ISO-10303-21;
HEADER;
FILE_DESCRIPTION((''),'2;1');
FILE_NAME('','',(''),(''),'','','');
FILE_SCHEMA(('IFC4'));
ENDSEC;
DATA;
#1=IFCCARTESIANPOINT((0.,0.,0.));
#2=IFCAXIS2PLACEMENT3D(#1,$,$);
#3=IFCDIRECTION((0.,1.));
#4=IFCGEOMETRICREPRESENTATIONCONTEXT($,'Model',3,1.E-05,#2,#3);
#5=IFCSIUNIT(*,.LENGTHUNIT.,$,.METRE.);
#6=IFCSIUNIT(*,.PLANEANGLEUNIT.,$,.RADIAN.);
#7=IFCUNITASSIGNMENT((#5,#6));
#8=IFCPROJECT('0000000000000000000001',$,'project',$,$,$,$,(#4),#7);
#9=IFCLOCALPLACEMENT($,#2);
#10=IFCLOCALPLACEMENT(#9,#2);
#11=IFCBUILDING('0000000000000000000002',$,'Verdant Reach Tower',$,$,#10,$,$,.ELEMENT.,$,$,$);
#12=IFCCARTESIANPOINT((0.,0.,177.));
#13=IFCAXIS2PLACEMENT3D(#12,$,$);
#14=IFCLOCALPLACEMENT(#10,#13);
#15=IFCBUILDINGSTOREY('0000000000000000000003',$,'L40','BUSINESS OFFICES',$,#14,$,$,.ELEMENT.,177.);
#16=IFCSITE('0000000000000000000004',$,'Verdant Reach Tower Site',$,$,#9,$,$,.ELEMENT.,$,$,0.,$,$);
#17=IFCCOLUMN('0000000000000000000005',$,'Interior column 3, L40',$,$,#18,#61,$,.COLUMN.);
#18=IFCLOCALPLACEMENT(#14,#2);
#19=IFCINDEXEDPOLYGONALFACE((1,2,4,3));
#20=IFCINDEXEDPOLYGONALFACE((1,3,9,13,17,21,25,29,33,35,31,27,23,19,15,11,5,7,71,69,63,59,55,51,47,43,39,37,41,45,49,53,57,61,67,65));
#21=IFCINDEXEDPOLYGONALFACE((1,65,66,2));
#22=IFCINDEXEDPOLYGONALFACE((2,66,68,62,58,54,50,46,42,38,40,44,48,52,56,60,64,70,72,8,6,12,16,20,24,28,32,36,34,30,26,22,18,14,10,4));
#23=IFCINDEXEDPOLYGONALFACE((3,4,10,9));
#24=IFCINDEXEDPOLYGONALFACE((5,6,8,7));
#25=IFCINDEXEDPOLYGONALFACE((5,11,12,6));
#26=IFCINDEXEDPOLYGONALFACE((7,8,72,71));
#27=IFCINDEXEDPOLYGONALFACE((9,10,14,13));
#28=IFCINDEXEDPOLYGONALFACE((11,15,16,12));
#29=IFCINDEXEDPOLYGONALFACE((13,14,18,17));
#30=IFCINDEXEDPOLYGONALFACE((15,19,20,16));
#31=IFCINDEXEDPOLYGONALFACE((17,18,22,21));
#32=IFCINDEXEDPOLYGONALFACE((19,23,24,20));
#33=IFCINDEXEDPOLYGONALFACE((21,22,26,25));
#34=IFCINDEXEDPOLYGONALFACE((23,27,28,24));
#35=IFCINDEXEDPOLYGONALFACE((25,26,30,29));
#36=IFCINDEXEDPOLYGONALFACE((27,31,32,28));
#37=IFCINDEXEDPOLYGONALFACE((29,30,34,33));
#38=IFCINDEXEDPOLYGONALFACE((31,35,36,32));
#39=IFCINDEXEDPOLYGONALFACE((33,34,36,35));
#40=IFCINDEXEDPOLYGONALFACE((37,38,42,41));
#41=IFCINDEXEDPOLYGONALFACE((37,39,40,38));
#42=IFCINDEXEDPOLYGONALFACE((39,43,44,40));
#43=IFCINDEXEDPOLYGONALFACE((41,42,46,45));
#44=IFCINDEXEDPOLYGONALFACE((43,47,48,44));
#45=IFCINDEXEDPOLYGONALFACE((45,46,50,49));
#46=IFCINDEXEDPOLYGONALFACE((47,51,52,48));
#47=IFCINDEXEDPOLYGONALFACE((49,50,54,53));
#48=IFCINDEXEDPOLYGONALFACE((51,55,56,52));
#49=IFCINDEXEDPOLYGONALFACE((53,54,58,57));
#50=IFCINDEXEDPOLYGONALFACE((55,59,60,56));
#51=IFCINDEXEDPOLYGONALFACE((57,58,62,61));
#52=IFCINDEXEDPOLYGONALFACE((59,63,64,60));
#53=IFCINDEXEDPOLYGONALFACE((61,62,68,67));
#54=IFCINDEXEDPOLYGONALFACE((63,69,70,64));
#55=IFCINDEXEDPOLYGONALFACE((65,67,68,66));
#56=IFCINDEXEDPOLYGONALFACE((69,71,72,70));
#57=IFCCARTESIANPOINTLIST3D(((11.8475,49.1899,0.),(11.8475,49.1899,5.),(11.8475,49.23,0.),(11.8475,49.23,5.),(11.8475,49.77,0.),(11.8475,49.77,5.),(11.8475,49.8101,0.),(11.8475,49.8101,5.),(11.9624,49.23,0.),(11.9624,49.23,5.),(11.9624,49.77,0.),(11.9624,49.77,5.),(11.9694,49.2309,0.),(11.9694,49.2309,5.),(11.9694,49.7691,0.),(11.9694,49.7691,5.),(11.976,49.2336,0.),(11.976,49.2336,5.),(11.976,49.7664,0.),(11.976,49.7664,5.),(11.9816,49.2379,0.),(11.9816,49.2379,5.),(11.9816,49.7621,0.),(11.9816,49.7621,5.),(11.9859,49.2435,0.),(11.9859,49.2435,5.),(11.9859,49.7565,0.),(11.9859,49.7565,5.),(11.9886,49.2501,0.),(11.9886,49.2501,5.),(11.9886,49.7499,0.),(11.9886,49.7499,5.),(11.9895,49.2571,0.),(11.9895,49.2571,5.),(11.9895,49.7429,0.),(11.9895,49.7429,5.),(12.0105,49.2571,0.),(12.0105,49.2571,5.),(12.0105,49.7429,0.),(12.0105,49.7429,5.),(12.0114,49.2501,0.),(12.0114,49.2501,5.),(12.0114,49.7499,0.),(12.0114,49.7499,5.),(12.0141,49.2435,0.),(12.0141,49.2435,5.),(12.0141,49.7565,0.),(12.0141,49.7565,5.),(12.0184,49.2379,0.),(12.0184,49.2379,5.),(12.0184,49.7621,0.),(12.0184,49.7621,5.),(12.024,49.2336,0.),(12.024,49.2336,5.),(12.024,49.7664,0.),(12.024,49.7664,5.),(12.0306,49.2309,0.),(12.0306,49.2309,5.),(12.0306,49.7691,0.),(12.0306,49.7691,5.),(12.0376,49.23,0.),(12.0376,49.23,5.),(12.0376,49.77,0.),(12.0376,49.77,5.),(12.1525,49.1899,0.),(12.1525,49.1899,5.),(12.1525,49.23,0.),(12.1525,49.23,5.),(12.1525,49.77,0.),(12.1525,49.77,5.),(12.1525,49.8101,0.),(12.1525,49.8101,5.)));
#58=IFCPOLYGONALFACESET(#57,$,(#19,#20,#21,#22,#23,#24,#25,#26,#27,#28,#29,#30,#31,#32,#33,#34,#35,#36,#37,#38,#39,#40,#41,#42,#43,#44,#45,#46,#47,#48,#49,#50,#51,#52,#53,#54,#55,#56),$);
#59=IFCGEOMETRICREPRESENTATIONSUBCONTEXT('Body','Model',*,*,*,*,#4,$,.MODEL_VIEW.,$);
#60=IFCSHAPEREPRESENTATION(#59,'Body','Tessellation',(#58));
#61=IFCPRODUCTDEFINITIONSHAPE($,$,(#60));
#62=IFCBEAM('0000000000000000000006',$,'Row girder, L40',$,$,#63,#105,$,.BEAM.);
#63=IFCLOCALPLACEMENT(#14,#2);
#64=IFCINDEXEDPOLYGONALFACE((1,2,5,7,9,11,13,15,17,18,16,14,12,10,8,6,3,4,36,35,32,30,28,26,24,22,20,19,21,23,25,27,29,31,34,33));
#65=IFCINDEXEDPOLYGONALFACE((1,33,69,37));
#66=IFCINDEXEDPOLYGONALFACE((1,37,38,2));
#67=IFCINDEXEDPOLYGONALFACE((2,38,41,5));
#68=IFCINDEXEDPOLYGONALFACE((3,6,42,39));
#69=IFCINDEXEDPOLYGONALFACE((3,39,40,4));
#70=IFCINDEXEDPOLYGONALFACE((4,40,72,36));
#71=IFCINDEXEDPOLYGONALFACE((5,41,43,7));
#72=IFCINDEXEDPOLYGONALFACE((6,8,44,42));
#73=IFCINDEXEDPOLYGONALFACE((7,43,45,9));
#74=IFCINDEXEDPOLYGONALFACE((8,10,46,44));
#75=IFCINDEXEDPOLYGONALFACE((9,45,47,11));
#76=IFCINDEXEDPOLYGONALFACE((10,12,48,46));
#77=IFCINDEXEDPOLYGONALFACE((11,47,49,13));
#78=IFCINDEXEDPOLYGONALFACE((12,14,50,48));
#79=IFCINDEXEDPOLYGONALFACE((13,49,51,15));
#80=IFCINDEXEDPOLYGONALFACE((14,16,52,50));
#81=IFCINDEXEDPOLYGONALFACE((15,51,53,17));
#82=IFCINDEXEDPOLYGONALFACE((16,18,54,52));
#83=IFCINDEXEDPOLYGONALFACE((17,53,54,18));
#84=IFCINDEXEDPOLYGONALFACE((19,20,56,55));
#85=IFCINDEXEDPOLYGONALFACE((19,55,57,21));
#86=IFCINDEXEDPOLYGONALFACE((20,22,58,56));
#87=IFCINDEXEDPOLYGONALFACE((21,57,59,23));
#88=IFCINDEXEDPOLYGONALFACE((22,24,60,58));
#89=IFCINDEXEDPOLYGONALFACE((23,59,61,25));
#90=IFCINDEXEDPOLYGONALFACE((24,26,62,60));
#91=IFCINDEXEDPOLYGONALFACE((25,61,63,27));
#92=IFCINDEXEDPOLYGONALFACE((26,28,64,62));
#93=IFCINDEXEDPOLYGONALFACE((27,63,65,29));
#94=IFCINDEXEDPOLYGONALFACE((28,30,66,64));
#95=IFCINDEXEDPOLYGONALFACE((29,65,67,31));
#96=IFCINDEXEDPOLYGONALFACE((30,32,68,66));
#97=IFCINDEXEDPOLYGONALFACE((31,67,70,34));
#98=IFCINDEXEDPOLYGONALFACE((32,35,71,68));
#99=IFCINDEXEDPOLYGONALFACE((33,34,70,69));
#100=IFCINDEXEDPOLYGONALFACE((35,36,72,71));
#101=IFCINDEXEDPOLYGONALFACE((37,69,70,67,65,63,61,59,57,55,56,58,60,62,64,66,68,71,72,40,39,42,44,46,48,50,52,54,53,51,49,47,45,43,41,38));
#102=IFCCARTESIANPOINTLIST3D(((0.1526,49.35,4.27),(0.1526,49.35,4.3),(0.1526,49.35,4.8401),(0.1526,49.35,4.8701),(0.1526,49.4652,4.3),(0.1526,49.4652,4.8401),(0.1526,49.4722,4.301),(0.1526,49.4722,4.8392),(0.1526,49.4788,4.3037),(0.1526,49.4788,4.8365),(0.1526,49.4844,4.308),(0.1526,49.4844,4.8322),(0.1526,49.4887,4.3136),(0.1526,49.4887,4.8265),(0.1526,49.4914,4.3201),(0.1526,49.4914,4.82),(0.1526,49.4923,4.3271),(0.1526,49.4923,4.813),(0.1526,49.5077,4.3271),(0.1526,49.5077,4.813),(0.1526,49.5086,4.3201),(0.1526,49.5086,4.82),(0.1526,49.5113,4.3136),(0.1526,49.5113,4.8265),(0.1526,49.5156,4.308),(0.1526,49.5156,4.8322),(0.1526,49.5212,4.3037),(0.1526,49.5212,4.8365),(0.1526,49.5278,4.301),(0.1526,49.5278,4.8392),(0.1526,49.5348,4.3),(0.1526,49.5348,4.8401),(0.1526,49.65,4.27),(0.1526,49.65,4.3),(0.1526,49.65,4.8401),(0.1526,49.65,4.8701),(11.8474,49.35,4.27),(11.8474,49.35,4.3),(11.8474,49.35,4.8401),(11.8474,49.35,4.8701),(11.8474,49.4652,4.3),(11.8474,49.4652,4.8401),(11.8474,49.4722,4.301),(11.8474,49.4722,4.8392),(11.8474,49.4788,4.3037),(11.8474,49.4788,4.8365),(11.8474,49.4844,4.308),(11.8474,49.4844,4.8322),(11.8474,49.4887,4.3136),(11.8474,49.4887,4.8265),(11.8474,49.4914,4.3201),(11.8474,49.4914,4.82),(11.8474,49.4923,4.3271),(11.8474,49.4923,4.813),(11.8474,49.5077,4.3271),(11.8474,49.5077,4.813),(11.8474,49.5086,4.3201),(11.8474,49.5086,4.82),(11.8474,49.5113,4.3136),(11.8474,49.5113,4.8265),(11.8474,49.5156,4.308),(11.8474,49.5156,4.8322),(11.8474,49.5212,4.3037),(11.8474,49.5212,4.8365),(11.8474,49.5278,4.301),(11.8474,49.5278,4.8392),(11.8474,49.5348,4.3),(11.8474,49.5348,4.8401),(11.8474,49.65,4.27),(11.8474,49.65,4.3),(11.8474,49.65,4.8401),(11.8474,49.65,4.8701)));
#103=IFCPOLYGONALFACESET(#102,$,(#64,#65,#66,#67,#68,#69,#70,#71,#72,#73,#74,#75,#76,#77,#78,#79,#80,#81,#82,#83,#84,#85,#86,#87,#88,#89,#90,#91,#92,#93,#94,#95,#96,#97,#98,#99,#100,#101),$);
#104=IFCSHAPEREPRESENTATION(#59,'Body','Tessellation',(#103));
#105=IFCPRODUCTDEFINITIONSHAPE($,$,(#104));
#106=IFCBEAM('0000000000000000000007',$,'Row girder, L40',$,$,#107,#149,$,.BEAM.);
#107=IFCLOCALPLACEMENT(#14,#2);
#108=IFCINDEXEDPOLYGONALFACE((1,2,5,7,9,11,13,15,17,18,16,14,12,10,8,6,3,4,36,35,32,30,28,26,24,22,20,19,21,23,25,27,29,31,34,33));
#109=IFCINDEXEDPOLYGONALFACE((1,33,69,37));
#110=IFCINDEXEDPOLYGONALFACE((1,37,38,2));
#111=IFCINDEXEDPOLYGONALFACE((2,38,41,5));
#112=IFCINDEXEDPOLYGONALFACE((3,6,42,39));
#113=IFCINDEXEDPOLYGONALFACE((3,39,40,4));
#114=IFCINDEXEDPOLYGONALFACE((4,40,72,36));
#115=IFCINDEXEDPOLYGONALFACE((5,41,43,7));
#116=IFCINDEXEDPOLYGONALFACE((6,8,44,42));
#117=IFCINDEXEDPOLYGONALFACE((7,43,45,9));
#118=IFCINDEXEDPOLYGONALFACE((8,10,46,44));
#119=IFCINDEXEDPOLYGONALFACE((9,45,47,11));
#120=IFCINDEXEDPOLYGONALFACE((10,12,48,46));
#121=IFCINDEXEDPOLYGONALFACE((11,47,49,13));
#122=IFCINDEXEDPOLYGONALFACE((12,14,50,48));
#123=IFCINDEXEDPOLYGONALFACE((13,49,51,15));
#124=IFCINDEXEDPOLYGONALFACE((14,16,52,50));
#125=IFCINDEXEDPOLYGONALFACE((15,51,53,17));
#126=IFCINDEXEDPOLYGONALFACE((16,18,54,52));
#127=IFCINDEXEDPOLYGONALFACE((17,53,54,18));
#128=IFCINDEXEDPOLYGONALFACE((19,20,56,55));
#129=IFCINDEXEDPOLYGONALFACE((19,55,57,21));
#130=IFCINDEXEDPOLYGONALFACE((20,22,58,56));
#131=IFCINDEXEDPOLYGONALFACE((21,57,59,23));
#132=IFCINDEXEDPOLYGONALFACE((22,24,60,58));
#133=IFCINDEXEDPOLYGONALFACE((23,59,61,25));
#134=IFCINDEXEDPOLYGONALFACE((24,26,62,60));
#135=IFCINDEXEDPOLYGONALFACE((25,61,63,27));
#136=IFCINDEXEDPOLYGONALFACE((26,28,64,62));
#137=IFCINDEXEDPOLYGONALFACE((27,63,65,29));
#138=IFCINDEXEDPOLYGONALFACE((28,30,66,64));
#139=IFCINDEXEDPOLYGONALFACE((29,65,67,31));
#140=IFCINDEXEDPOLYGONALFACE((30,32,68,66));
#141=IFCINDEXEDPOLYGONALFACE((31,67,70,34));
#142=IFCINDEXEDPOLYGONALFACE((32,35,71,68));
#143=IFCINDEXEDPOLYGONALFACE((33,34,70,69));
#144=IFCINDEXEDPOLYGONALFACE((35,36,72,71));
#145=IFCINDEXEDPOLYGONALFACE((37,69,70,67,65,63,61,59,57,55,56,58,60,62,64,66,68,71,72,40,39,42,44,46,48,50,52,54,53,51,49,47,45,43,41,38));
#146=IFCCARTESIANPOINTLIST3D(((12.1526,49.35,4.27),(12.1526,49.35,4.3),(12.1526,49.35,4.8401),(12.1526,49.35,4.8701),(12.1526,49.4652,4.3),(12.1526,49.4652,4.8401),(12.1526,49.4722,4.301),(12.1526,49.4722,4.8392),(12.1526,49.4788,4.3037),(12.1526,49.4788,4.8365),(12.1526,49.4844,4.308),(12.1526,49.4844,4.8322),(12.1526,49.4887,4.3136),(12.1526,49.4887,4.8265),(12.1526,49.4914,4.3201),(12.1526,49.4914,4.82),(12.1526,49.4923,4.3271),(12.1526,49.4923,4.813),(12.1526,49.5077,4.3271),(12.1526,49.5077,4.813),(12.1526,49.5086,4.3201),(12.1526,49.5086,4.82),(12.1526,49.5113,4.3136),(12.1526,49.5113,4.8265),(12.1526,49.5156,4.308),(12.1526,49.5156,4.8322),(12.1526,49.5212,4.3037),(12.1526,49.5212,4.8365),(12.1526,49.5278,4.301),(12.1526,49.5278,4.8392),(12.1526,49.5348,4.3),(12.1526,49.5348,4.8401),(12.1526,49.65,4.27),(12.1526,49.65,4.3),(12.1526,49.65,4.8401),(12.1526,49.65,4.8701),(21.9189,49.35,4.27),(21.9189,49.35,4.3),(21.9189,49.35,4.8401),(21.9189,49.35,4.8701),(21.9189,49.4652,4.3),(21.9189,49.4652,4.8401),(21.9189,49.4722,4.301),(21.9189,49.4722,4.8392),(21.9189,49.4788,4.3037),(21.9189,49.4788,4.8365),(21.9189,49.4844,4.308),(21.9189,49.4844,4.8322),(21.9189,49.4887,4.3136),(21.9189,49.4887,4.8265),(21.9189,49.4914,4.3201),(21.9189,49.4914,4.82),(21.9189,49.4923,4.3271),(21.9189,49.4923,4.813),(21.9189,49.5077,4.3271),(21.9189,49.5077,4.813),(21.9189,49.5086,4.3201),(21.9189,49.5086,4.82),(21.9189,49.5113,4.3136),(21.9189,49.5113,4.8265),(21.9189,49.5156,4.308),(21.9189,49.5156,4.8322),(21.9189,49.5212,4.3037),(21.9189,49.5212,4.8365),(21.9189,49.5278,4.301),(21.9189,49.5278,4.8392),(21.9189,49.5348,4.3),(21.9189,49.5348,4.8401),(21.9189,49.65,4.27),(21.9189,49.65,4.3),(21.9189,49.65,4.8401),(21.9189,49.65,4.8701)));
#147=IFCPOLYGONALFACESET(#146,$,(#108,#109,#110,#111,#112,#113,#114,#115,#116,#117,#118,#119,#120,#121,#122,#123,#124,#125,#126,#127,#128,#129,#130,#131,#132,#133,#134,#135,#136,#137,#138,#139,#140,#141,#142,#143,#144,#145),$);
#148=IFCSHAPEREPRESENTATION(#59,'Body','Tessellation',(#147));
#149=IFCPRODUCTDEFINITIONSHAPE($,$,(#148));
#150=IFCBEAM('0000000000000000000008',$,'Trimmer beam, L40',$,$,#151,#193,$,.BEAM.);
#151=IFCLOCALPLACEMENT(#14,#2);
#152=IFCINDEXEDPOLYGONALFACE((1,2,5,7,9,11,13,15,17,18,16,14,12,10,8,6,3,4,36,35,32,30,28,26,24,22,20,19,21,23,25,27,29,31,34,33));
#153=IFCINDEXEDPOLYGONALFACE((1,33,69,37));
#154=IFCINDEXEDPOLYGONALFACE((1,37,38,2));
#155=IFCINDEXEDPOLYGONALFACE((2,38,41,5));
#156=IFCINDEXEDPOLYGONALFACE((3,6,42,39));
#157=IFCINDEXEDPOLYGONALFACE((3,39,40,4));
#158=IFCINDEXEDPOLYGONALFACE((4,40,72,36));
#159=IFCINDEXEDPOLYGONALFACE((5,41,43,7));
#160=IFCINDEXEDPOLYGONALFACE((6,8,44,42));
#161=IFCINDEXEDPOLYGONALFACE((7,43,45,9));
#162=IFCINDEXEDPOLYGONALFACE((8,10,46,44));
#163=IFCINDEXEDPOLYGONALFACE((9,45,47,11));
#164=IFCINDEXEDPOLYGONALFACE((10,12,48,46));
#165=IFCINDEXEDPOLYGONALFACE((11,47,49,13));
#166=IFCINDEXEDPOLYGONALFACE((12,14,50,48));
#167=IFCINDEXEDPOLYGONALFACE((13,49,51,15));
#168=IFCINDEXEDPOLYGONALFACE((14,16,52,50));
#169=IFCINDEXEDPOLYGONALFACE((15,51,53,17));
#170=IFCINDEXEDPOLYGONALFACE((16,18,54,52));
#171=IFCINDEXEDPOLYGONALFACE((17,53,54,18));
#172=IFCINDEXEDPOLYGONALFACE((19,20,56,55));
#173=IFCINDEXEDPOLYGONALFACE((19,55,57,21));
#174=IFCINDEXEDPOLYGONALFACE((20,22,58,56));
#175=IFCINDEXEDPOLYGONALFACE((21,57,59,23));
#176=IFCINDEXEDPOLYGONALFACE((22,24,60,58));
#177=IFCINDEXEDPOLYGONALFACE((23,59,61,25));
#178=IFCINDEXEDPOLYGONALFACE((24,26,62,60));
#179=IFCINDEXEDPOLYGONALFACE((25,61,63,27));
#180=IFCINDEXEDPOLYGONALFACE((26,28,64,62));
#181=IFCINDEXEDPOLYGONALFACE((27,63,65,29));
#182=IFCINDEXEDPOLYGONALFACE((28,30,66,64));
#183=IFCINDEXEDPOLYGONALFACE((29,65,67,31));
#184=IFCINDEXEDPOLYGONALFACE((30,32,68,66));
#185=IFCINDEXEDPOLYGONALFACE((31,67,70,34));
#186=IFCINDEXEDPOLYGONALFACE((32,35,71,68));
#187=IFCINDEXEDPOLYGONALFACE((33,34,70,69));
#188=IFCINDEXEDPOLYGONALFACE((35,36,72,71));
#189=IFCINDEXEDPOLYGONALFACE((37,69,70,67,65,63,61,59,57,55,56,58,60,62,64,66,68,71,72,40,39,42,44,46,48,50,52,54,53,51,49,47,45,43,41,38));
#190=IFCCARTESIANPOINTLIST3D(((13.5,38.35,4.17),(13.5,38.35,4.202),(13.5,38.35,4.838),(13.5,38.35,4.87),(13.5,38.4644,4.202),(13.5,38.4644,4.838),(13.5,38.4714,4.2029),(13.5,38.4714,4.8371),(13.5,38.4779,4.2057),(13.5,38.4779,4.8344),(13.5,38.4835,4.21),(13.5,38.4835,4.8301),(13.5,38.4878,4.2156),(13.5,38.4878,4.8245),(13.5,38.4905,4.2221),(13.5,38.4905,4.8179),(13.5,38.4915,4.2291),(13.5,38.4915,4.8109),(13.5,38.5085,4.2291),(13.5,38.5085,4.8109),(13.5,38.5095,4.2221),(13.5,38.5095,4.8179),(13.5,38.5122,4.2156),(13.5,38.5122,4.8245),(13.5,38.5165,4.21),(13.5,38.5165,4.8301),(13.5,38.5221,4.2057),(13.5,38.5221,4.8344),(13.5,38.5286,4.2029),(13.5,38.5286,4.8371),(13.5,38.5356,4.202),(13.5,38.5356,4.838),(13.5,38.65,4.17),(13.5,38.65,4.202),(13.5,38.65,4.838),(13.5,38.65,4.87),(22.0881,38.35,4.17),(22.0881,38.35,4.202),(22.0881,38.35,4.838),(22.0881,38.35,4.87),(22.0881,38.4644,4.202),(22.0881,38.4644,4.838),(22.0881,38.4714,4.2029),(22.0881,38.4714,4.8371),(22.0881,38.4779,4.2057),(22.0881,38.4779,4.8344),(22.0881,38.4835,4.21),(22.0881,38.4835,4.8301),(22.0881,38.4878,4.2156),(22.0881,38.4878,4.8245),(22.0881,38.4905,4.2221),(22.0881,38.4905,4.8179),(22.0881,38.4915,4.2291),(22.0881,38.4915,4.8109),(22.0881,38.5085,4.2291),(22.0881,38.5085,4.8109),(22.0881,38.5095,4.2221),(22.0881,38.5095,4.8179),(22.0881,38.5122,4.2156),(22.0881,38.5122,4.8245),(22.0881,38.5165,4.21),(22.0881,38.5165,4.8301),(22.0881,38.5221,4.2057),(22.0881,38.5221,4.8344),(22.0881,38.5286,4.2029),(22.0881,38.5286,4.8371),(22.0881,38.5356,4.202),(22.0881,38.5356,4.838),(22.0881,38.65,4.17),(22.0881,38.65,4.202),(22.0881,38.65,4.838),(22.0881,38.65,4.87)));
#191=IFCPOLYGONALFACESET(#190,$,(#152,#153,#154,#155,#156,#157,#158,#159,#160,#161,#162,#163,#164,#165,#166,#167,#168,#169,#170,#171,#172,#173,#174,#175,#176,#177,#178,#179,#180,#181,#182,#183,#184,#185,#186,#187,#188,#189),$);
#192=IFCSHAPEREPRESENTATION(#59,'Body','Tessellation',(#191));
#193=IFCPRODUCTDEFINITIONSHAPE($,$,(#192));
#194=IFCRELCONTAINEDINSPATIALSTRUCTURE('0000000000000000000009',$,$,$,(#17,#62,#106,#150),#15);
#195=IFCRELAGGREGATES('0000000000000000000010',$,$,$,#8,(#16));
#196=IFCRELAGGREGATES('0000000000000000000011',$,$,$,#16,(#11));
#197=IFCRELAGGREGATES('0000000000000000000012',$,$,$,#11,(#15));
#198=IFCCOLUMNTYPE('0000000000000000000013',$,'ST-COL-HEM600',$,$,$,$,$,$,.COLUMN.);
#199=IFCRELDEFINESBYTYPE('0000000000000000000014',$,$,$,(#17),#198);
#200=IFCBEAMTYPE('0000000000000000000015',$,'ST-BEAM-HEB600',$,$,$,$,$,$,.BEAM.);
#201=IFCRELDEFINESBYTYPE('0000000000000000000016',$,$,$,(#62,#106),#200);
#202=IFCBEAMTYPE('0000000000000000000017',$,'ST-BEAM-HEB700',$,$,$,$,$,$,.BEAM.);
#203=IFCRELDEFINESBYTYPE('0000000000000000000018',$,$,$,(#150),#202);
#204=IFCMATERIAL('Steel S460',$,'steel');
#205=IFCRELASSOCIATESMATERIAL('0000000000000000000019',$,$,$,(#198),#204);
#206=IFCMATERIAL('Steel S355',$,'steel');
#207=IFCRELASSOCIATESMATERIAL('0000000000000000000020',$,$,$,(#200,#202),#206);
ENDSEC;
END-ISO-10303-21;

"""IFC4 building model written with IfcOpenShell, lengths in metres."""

from ifc_helpers import new_model, si_unit, direction, frame, origin, origin_2d, place, context, subcontext, project, spatial, i_section, extrude, material, material_profile, profile_set, type_object, element, save


model = new_model("IFC4")

# Units and contexts
model_context = context("Model", 3, precision=1e-05, world=origin(), true_north=direction((0.0, 1.0)))
body_context = subcontext(model_context, "Body", "Model", "MODEL_VIEW")
ifc_project = project(units=[si_unit("LENGTHUNIT", "METRE"), si_unit("PLANEANGLEUNIT", "RADIAN")], contexts=[model_context])

# Site, building, storey
site_placement = place(None, origin())
site = spatial("IfcSite", under=ifc_project, at=site_placement, Name="Verdant Reach Tower Site", CompositionType="ELEMENT", RefElevation=0.0)
building_placement = place(site_placement, origin())
building = spatial("IfcBuilding", under=site, at=building_placement, Name="Verdant Reach Tower", CompositionType="ELEMENT")
storey_placement = place(building_placement, frame((0.0, 0.0, 177.0)))
storey = spatial("IfcBuildingStorey", under=building, at=storey_placement, Name="L40", Description="BUSINESS OFFICES", CompositionType="ELEMENT", Elevation=177.0)

# Column
ifc_material_1 = material(Name="Steel S460", Category="steel")
ifc_material_profile_1 = material_profile(ifc_material_1, i_section(OverallWidth=0.3049, OverallDepth=0.6201, WebThickness=0.021, FlangeThickness=0.04, FilletRadius=0.0271, at=origin_2d()), Name="HEM 600")
ifc_profile_set_1 = profile_set([ifc_material_profile_1], Name="Steel S460")
column_type = type_object("IfcColumnType", Name="ST-COL-HEM600", PredefinedType="COLUMN", material=ifc_profile_set_1)
column_placement = place(storey_placement, frame((12.0, 49.5, 0.0), z_axis=(0.0, 0.0, 1.0), x_axis=(1.0, 0.0, 0.0)))
element("IfcColumn", 1, at=column_placement, inside=storey, type_object=column_type, Name="Interior column 3, L40", PredefinedType="COLUMN", context=body_context, shape_type="SweptSolid", body=[
    extrude(i_section(OverallWidth=0.3049, OverallDepth=0.6201, WebThickness=0.021, FlangeThickness=0.04, FilletRadius=0.0271, at=origin_2d()), origin(), (0.0, 0.0, 1.0), 5.0),
])

# Beams
ifc_material_2 = material(Name="Steel S355", Category="steel")
ifc_material_profile_2 = material_profile(ifc_material_2, i_section(OverallWidth=0.3, OverallDepth=0.6001, WebThickness=0.0154, FlangeThickness=0.03, FilletRadius=0.0271, at=origin_2d()), Name="HEB 600")
ifc_profile_set_2 = profile_set([ifc_material_profile_2], Name="Steel S355")
beam_type_1 = type_object("IfcBeamType", Name="ST-BEAM-HEB600", PredefinedType="BEAM", material=ifc_profile_set_2)
beam_1_placement = place(storey_placement, frame((0.1526, 49.5, 4.5701), z_axis=(1.0, 0.0, 0.0), x_axis=(0.0, 1.0, 0.0)))
element("IfcBeam", 2, at=beam_1_placement, inside=storey, type_object=beam_type_1, Name="Row girder, L40", PredefinedType="BEAM", context=body_context, shape_type="SweptSolid", body=[
    extrude(i_section(OverallWidth=0.3, OverallDepth=0.6001, WebThickness=0.0154, FlangeThickness=0.03, FilletRadius=0.0271, at=origin_2d()), origin(), (0.0, 0.0, 1.0), 11.6948),
])
beam_2_placement = place(storey_placement, frame((12.1526, 49.5, 4.5701), z_axis=(1.0, 0.0, 0.0), x_axis=(0.0, 1.0, 0.0)))
element("IfcBeam", 3, at=beam_2_placement, inside=storey, type_object=beam_type_1, Name="Row girder, L40", PredefinedType="BEAM", context=body_context, shape_type="SweptSolid", body=[
    extrude(i_section(OverallWidth=0.3, OverallDepth=0.6001, WebThickness=0.0154, FlangeThickness=0.03, FilletRadius=0.0271, at=origin_2d()), origin(), (0.0, 0.0, 1.0), 9.7664),
])
ifc_material_profile_3 = material_profile(ifc_material_2, i_section(OverallWidth=0.3, OverallDepth=0.7, WebThickness=0.0171, FlangeThickness=0.032, FilletRadius=0.0271, at=origin_2d()), Name="HEB 700")
ifc_profile_set_3 = profile_set([ifc_material_profile_3], Name="Steel S355")
beam_type_2 = type_object("IfcBeamType", Name="ST-BEAM-HEB700", PredefinedType="BEAM", material=ifc_profile_set_3)
beam_3_placement = place(storey_placement, frame((13.5, 38.5, 4.52), z_axis=(1.0, 0.0, 0.0), x_axis=(0.0, 1.0, 0.0)))
element("IfcBeam", 4, at=beam_3_placement, inside=storey, type_object=beam_type_2, Name="Trimmer beam, L40", PredefinedType="BEAM", context=body_context, shape_type="SweptSolid", body=[
    extrude(i_section(OverallWidth=0.3, OverallDepth=0.7, WebThickness=0.0171, FlangeThickness=0.032, FilletRadius=0.0271, at=origin_2d()), origin(), (0.0, 0.0, 1.0), 8.5881),
])

save(model, "model.ifc")
